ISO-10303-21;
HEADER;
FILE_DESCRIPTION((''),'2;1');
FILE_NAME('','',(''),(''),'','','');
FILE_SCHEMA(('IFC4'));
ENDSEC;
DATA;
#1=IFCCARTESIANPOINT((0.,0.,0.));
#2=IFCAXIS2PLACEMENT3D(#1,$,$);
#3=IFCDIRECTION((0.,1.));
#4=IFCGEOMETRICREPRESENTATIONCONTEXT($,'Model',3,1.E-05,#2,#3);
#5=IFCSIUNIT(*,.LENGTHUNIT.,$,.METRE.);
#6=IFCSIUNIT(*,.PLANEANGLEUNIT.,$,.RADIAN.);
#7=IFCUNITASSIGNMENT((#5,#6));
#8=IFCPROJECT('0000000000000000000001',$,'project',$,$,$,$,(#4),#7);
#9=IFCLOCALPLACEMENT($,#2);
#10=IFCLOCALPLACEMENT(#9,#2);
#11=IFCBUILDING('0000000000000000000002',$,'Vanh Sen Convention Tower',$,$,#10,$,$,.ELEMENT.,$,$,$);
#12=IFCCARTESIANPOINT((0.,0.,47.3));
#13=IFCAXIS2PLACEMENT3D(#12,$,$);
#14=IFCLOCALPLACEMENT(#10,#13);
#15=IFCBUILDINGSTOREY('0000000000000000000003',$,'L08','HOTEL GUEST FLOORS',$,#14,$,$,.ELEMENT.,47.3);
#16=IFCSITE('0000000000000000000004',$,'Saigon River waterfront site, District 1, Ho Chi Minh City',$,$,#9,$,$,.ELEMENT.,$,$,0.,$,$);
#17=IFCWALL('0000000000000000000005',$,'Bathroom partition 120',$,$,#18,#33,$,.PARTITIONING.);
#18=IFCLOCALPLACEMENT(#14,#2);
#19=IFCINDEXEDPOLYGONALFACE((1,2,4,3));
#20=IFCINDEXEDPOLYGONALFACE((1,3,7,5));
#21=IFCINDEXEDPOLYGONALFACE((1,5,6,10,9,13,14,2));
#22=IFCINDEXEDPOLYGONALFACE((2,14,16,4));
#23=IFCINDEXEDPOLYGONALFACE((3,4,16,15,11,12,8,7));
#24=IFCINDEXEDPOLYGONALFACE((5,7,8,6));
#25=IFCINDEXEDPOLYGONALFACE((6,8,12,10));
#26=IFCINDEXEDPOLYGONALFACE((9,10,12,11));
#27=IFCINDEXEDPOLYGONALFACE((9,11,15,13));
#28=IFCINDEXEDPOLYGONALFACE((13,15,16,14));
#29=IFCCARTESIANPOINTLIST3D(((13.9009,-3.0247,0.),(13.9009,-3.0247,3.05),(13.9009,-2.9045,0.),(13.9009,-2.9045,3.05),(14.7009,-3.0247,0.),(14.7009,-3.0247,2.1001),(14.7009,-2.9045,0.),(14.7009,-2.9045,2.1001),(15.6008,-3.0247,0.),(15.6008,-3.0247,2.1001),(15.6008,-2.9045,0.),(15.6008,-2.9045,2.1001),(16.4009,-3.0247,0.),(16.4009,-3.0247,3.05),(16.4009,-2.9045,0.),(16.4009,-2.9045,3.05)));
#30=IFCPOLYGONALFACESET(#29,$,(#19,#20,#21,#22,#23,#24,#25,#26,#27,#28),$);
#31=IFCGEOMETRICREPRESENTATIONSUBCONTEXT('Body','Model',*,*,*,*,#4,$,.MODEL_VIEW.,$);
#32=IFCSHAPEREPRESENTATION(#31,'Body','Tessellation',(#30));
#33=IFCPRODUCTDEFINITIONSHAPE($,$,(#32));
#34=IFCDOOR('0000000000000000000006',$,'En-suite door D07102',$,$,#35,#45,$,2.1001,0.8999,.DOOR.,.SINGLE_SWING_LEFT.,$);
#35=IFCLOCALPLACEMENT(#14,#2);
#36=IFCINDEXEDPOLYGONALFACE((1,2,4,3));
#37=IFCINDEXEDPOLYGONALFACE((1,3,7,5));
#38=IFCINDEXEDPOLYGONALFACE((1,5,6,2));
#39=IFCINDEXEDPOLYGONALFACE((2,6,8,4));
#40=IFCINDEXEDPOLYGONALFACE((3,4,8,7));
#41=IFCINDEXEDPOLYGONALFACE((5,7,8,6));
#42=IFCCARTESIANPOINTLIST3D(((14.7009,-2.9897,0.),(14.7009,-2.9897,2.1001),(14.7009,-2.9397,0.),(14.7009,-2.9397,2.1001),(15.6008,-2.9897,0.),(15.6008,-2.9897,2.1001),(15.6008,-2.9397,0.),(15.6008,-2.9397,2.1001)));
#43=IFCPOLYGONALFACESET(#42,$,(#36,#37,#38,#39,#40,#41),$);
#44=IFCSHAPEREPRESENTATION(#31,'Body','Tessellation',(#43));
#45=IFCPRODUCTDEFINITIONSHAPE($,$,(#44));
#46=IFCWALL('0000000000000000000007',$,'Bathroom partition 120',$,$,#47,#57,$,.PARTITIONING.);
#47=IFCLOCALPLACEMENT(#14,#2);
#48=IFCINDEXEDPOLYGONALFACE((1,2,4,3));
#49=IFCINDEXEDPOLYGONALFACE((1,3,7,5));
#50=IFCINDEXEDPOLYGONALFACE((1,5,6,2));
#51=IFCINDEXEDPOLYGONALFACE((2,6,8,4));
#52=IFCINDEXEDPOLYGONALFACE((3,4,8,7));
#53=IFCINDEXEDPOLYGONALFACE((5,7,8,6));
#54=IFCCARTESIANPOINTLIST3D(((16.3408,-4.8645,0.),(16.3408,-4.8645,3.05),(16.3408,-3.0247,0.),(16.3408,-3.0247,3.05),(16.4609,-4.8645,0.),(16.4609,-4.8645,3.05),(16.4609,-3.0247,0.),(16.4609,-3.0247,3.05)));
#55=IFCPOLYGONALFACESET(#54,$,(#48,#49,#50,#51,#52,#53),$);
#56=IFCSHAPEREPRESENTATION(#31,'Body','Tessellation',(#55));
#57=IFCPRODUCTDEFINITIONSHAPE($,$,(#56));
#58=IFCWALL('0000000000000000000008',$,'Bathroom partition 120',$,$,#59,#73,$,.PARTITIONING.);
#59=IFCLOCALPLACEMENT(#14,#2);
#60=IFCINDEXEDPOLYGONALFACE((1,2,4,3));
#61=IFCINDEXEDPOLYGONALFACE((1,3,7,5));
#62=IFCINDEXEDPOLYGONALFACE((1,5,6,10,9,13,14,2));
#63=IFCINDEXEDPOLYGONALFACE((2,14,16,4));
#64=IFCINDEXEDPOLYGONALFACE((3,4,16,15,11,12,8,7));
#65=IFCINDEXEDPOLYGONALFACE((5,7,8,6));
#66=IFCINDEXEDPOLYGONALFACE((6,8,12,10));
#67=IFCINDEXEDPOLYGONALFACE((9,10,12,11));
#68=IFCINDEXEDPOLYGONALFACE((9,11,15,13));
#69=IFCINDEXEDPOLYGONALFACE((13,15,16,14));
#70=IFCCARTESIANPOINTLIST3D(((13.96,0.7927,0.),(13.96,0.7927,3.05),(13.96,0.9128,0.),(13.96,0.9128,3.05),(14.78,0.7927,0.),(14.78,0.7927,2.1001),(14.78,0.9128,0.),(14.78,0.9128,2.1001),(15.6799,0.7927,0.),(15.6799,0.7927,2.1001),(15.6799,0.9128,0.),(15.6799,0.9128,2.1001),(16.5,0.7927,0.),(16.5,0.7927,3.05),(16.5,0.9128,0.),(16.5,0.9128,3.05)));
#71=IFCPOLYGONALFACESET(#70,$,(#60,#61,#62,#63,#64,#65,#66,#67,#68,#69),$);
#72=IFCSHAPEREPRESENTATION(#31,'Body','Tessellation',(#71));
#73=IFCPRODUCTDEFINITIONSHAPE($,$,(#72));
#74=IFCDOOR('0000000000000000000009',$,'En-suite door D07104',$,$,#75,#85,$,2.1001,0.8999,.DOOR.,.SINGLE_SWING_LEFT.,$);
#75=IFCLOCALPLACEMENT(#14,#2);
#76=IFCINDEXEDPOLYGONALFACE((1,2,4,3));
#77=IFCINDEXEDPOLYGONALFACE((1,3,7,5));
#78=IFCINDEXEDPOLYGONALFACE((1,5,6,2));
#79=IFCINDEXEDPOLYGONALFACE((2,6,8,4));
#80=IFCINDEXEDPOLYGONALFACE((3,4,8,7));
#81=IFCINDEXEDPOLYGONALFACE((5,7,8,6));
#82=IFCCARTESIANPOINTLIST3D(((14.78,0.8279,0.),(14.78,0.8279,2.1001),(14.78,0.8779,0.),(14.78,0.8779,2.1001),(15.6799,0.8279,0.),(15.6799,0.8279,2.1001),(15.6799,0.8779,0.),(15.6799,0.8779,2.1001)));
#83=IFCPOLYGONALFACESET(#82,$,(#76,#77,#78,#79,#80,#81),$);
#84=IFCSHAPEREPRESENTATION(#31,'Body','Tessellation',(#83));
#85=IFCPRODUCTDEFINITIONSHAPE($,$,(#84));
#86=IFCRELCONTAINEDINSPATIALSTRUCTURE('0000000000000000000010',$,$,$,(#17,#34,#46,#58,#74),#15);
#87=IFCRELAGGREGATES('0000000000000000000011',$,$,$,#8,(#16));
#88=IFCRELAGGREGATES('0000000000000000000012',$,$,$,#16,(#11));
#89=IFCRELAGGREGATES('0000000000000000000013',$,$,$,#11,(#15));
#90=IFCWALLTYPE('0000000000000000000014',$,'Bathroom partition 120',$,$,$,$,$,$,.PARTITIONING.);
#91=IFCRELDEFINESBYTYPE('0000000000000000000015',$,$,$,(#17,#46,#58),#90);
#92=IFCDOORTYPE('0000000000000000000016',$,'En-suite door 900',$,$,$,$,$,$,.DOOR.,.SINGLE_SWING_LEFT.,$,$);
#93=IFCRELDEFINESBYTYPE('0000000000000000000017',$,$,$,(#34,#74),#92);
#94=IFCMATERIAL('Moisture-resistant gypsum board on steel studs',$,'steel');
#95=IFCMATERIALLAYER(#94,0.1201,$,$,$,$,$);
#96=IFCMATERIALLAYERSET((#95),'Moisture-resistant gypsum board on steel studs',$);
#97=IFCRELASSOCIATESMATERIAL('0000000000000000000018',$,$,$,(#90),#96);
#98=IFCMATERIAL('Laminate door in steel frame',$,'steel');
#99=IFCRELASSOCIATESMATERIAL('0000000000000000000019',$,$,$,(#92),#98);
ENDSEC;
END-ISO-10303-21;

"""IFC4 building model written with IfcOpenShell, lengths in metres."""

from ifc_helpers import new_model, si_unit, direction, frame, frame_2d, origin, place, context, subcontext, project, spatial, rectangle, extrude, material, layer, layer_set, type_object, element, fill, save


model = new_model("IFC4")

# Units and contexts
model_context = context("Model", 3, precision=1e-05, world=origin(), true_north=direction((0.0, 1.0)))
body_context = subcontext(model_context, "Body", "Model", "MODEL_VIEW")
ifc_project = project(units=[si_unit("LENGTHUNIT", "METRE"), si_unit("PLANEANGLEUNIT", "RADIAN")], contexts=[model_context])

# Site, building, storey
site_placement = place(None, origin())
site = spatial("IfcSite", under=ifc_project, at=site_placement, Name="Saigon River waterfront site, District 1, Ho Chi Minh City", CompositionType="ELEMENT", RefElevation=0.0)
building_placement = place(site_placement, origin())
building = spatial("IfcBuilding", under=site, at=building_placement, Name="Vanh Sen Convention Tower", CompositionType="ELEMENT")
storey_placement = place(building_placement, frame((0.0, 0.0, 47.3)))
storey = spatial("IfcBuildingStorey", under=building, at=storey_placement, Name="L08", Description="HOTEL GUEST FLOORS", CompositionType="ELEMENT", Elevation=47.3)

# Wall, opening, door
ifc_material_1 = material(Name="Moisture-resistant gypsum board on steel studs", Category="steel")
ifc_layer_1 = layer(ifc_material_1, 0.1201)
ifc_layer_set_1 = layer_set([ifc_layer_1], Name="Moisture-resistant gypsum board on steel studs")
wall_type_1 = type_object("IfcWallType", Name="Bathroom partition 120", PredefinedType="PARTITIONING", material=ifc_layer_set_1)
wall_1_placement = place(storey_placement, frame((13.9009, -2.9646, 0.0), z_axis=(0.0, 0.0, 1.0), x_axis=(1.0, 0.0, 0.0)))
wall_1 = element("IfcWall", 1, at=wall_1_placement, inside=storey, type_object=wall_type_1, Name="Bathroom partition 120", PredefinedType="PARTITIONING", context=body_context, shape_type="SweptSolid", body=[
    extrude(rectangle(XDim=2.5, YDim=0.1201, at=frame_2d((1.25, 0.0))), origin(), (0.0, 0.0, 1.0), 3.05),
])
opening_1_placement = place(wall_1_placement, frame((0.8, 0.0, 0.0)))
opening_1 = element("IfcOpeningElement", 2, at=opening_1_placement, cuts=wall_1, PredefinedType="OPENING", context=body_context, shape_type="SweptSolid", body=[
    extrude(rectangle(XDim=0.8999, YDim=2.1001, at=frame_2d((0.45, 1.05))), frame((0.0, 0.0701, 0.0), z_axis=(0.0, -1.0, 0.0), x_axis=(1.0, 0.0, 0.0)), (0.0, 0.0, 1.0), 0.1401),
])
ifc_material_2 = material(Name="Laminate door in steel frame", Category="steel")
door_type = type_object("IfcDoorType", Name="En-suite door 900", OperationType="SINGLE_SWING_LEFT", PredefinedType="DOOR", material=ifc_material_2)
door_1_placement = place(opening_1_placement, origin())
door_1 = element("IfcDoor", 3, at=door_1_placement, inside=storey, type_object=door_type, Name="En-suite door D07102", OperationType="SINGLE_SWING_LEFT", OverallHeight=2.1001, OverallWidth=0.8999, PredefinedType="DOOR", context=body_context, shape_type="SweptSolid", body=[
    extrude(rectangle(XDim=0.8999, YDim=2.1001, at=frame_2d((0.45, 1.05))), frame((0.0, 0.0249, 0.0), z_axis=(0.0, -1.0, 0.0), x_axis=(1.0, 0.0, 0.0)), (0.0, 0.0, 1.0), 0.05),
])
fill(opening_1, door_1)

# Wall
wall_2_placement = place(storey_placement, frame((16.4009, -3.0247, 0.0), z_axis=(0.0, 0.0, 1.0), x_axis=(0.0, -1.0, 0.0)))
element("IfcWall", 4, at=wall_2_placement, inside=storey, type_object=wall_type_1, Name="Bathroom partition 120", PredefinedType="PARTITIONING", context=body_context, shape_type="SweptSolid", body=[
    extrude(rectangle(XDim=1.8398, YDim=0.1201, at=frame_2d((0.9199, 0.0))), origin(), (0.0, 0.0, 1.0), 3.05),
])

# Wall, opening, door
wall_3_placement = place(storey_placement, frame((16.5, 0.8528, 0.0), z_axis=(0.0, 0.0, 1.0), x_axis=(-1.0, 0.0, 0.0)))
wall_3 = element("IfcWall", 5, at=wall_3_placement, inside=storey, type_object=wall_type_1, Name="Bathroom partition 120", PredefinedType="PARTITIONING", context=body_context, shape_type="SweptSolid", body=[
    extrude(rectangle(XDim=2.54, YDim=0.1201, at=frame_2d((1.27, 0.0))), origin(), (0.0, 0.0, 1.0), 3.05),
])
opening_2_placement = place(wall_3_placement, frame((0.8201, 0.0, 0.0)))
opening_2 = element("IfcOpeningElement", 6, at=opening_2_placement, cuts=wall_3, PredefinedType="OPENING", context=body_context, shape_type="SweptSolid", body=[
    extrude(rectangle(XDim=0.8999, YDim=2.1001, at=frame_2d((0.45, 1.05))), frame((0.0, 0.0701, 0.0), z_axis=(0.0, -1.0, 0.0), x_axis=(1.0, 0.0, 0.0)), (0.0, 0.0, 1.0), 0.1401),
])
door_2_placement = place(opening_2_placement, origin())
door_2 = element("IfcDoor", 7, at=door_2_placement, inside=storey, type_object=door_type, Name="En-suite door D07104", OperationType="SINGLE_SWING_LEFT", OverallHeight=2.1001, OverallWidth=0.8999, PredefinedType="DOOR", context=body_context, shape_type="SweptSolid", body=[
    extrude(rectangle(XDim=0.8999, YDim=2.1001, at=frame_2d((0.45, 1.05))), frame((0.0, 0.0249, 0.0), z_axis=(0.0, -1.0, 0.0), x_axis=(1.0, 0.0, 0.0)), (0.0, 0.0, 1.0), 0.05),
])
fill(opening_2, door_2)

save(model, "model.ifc")
